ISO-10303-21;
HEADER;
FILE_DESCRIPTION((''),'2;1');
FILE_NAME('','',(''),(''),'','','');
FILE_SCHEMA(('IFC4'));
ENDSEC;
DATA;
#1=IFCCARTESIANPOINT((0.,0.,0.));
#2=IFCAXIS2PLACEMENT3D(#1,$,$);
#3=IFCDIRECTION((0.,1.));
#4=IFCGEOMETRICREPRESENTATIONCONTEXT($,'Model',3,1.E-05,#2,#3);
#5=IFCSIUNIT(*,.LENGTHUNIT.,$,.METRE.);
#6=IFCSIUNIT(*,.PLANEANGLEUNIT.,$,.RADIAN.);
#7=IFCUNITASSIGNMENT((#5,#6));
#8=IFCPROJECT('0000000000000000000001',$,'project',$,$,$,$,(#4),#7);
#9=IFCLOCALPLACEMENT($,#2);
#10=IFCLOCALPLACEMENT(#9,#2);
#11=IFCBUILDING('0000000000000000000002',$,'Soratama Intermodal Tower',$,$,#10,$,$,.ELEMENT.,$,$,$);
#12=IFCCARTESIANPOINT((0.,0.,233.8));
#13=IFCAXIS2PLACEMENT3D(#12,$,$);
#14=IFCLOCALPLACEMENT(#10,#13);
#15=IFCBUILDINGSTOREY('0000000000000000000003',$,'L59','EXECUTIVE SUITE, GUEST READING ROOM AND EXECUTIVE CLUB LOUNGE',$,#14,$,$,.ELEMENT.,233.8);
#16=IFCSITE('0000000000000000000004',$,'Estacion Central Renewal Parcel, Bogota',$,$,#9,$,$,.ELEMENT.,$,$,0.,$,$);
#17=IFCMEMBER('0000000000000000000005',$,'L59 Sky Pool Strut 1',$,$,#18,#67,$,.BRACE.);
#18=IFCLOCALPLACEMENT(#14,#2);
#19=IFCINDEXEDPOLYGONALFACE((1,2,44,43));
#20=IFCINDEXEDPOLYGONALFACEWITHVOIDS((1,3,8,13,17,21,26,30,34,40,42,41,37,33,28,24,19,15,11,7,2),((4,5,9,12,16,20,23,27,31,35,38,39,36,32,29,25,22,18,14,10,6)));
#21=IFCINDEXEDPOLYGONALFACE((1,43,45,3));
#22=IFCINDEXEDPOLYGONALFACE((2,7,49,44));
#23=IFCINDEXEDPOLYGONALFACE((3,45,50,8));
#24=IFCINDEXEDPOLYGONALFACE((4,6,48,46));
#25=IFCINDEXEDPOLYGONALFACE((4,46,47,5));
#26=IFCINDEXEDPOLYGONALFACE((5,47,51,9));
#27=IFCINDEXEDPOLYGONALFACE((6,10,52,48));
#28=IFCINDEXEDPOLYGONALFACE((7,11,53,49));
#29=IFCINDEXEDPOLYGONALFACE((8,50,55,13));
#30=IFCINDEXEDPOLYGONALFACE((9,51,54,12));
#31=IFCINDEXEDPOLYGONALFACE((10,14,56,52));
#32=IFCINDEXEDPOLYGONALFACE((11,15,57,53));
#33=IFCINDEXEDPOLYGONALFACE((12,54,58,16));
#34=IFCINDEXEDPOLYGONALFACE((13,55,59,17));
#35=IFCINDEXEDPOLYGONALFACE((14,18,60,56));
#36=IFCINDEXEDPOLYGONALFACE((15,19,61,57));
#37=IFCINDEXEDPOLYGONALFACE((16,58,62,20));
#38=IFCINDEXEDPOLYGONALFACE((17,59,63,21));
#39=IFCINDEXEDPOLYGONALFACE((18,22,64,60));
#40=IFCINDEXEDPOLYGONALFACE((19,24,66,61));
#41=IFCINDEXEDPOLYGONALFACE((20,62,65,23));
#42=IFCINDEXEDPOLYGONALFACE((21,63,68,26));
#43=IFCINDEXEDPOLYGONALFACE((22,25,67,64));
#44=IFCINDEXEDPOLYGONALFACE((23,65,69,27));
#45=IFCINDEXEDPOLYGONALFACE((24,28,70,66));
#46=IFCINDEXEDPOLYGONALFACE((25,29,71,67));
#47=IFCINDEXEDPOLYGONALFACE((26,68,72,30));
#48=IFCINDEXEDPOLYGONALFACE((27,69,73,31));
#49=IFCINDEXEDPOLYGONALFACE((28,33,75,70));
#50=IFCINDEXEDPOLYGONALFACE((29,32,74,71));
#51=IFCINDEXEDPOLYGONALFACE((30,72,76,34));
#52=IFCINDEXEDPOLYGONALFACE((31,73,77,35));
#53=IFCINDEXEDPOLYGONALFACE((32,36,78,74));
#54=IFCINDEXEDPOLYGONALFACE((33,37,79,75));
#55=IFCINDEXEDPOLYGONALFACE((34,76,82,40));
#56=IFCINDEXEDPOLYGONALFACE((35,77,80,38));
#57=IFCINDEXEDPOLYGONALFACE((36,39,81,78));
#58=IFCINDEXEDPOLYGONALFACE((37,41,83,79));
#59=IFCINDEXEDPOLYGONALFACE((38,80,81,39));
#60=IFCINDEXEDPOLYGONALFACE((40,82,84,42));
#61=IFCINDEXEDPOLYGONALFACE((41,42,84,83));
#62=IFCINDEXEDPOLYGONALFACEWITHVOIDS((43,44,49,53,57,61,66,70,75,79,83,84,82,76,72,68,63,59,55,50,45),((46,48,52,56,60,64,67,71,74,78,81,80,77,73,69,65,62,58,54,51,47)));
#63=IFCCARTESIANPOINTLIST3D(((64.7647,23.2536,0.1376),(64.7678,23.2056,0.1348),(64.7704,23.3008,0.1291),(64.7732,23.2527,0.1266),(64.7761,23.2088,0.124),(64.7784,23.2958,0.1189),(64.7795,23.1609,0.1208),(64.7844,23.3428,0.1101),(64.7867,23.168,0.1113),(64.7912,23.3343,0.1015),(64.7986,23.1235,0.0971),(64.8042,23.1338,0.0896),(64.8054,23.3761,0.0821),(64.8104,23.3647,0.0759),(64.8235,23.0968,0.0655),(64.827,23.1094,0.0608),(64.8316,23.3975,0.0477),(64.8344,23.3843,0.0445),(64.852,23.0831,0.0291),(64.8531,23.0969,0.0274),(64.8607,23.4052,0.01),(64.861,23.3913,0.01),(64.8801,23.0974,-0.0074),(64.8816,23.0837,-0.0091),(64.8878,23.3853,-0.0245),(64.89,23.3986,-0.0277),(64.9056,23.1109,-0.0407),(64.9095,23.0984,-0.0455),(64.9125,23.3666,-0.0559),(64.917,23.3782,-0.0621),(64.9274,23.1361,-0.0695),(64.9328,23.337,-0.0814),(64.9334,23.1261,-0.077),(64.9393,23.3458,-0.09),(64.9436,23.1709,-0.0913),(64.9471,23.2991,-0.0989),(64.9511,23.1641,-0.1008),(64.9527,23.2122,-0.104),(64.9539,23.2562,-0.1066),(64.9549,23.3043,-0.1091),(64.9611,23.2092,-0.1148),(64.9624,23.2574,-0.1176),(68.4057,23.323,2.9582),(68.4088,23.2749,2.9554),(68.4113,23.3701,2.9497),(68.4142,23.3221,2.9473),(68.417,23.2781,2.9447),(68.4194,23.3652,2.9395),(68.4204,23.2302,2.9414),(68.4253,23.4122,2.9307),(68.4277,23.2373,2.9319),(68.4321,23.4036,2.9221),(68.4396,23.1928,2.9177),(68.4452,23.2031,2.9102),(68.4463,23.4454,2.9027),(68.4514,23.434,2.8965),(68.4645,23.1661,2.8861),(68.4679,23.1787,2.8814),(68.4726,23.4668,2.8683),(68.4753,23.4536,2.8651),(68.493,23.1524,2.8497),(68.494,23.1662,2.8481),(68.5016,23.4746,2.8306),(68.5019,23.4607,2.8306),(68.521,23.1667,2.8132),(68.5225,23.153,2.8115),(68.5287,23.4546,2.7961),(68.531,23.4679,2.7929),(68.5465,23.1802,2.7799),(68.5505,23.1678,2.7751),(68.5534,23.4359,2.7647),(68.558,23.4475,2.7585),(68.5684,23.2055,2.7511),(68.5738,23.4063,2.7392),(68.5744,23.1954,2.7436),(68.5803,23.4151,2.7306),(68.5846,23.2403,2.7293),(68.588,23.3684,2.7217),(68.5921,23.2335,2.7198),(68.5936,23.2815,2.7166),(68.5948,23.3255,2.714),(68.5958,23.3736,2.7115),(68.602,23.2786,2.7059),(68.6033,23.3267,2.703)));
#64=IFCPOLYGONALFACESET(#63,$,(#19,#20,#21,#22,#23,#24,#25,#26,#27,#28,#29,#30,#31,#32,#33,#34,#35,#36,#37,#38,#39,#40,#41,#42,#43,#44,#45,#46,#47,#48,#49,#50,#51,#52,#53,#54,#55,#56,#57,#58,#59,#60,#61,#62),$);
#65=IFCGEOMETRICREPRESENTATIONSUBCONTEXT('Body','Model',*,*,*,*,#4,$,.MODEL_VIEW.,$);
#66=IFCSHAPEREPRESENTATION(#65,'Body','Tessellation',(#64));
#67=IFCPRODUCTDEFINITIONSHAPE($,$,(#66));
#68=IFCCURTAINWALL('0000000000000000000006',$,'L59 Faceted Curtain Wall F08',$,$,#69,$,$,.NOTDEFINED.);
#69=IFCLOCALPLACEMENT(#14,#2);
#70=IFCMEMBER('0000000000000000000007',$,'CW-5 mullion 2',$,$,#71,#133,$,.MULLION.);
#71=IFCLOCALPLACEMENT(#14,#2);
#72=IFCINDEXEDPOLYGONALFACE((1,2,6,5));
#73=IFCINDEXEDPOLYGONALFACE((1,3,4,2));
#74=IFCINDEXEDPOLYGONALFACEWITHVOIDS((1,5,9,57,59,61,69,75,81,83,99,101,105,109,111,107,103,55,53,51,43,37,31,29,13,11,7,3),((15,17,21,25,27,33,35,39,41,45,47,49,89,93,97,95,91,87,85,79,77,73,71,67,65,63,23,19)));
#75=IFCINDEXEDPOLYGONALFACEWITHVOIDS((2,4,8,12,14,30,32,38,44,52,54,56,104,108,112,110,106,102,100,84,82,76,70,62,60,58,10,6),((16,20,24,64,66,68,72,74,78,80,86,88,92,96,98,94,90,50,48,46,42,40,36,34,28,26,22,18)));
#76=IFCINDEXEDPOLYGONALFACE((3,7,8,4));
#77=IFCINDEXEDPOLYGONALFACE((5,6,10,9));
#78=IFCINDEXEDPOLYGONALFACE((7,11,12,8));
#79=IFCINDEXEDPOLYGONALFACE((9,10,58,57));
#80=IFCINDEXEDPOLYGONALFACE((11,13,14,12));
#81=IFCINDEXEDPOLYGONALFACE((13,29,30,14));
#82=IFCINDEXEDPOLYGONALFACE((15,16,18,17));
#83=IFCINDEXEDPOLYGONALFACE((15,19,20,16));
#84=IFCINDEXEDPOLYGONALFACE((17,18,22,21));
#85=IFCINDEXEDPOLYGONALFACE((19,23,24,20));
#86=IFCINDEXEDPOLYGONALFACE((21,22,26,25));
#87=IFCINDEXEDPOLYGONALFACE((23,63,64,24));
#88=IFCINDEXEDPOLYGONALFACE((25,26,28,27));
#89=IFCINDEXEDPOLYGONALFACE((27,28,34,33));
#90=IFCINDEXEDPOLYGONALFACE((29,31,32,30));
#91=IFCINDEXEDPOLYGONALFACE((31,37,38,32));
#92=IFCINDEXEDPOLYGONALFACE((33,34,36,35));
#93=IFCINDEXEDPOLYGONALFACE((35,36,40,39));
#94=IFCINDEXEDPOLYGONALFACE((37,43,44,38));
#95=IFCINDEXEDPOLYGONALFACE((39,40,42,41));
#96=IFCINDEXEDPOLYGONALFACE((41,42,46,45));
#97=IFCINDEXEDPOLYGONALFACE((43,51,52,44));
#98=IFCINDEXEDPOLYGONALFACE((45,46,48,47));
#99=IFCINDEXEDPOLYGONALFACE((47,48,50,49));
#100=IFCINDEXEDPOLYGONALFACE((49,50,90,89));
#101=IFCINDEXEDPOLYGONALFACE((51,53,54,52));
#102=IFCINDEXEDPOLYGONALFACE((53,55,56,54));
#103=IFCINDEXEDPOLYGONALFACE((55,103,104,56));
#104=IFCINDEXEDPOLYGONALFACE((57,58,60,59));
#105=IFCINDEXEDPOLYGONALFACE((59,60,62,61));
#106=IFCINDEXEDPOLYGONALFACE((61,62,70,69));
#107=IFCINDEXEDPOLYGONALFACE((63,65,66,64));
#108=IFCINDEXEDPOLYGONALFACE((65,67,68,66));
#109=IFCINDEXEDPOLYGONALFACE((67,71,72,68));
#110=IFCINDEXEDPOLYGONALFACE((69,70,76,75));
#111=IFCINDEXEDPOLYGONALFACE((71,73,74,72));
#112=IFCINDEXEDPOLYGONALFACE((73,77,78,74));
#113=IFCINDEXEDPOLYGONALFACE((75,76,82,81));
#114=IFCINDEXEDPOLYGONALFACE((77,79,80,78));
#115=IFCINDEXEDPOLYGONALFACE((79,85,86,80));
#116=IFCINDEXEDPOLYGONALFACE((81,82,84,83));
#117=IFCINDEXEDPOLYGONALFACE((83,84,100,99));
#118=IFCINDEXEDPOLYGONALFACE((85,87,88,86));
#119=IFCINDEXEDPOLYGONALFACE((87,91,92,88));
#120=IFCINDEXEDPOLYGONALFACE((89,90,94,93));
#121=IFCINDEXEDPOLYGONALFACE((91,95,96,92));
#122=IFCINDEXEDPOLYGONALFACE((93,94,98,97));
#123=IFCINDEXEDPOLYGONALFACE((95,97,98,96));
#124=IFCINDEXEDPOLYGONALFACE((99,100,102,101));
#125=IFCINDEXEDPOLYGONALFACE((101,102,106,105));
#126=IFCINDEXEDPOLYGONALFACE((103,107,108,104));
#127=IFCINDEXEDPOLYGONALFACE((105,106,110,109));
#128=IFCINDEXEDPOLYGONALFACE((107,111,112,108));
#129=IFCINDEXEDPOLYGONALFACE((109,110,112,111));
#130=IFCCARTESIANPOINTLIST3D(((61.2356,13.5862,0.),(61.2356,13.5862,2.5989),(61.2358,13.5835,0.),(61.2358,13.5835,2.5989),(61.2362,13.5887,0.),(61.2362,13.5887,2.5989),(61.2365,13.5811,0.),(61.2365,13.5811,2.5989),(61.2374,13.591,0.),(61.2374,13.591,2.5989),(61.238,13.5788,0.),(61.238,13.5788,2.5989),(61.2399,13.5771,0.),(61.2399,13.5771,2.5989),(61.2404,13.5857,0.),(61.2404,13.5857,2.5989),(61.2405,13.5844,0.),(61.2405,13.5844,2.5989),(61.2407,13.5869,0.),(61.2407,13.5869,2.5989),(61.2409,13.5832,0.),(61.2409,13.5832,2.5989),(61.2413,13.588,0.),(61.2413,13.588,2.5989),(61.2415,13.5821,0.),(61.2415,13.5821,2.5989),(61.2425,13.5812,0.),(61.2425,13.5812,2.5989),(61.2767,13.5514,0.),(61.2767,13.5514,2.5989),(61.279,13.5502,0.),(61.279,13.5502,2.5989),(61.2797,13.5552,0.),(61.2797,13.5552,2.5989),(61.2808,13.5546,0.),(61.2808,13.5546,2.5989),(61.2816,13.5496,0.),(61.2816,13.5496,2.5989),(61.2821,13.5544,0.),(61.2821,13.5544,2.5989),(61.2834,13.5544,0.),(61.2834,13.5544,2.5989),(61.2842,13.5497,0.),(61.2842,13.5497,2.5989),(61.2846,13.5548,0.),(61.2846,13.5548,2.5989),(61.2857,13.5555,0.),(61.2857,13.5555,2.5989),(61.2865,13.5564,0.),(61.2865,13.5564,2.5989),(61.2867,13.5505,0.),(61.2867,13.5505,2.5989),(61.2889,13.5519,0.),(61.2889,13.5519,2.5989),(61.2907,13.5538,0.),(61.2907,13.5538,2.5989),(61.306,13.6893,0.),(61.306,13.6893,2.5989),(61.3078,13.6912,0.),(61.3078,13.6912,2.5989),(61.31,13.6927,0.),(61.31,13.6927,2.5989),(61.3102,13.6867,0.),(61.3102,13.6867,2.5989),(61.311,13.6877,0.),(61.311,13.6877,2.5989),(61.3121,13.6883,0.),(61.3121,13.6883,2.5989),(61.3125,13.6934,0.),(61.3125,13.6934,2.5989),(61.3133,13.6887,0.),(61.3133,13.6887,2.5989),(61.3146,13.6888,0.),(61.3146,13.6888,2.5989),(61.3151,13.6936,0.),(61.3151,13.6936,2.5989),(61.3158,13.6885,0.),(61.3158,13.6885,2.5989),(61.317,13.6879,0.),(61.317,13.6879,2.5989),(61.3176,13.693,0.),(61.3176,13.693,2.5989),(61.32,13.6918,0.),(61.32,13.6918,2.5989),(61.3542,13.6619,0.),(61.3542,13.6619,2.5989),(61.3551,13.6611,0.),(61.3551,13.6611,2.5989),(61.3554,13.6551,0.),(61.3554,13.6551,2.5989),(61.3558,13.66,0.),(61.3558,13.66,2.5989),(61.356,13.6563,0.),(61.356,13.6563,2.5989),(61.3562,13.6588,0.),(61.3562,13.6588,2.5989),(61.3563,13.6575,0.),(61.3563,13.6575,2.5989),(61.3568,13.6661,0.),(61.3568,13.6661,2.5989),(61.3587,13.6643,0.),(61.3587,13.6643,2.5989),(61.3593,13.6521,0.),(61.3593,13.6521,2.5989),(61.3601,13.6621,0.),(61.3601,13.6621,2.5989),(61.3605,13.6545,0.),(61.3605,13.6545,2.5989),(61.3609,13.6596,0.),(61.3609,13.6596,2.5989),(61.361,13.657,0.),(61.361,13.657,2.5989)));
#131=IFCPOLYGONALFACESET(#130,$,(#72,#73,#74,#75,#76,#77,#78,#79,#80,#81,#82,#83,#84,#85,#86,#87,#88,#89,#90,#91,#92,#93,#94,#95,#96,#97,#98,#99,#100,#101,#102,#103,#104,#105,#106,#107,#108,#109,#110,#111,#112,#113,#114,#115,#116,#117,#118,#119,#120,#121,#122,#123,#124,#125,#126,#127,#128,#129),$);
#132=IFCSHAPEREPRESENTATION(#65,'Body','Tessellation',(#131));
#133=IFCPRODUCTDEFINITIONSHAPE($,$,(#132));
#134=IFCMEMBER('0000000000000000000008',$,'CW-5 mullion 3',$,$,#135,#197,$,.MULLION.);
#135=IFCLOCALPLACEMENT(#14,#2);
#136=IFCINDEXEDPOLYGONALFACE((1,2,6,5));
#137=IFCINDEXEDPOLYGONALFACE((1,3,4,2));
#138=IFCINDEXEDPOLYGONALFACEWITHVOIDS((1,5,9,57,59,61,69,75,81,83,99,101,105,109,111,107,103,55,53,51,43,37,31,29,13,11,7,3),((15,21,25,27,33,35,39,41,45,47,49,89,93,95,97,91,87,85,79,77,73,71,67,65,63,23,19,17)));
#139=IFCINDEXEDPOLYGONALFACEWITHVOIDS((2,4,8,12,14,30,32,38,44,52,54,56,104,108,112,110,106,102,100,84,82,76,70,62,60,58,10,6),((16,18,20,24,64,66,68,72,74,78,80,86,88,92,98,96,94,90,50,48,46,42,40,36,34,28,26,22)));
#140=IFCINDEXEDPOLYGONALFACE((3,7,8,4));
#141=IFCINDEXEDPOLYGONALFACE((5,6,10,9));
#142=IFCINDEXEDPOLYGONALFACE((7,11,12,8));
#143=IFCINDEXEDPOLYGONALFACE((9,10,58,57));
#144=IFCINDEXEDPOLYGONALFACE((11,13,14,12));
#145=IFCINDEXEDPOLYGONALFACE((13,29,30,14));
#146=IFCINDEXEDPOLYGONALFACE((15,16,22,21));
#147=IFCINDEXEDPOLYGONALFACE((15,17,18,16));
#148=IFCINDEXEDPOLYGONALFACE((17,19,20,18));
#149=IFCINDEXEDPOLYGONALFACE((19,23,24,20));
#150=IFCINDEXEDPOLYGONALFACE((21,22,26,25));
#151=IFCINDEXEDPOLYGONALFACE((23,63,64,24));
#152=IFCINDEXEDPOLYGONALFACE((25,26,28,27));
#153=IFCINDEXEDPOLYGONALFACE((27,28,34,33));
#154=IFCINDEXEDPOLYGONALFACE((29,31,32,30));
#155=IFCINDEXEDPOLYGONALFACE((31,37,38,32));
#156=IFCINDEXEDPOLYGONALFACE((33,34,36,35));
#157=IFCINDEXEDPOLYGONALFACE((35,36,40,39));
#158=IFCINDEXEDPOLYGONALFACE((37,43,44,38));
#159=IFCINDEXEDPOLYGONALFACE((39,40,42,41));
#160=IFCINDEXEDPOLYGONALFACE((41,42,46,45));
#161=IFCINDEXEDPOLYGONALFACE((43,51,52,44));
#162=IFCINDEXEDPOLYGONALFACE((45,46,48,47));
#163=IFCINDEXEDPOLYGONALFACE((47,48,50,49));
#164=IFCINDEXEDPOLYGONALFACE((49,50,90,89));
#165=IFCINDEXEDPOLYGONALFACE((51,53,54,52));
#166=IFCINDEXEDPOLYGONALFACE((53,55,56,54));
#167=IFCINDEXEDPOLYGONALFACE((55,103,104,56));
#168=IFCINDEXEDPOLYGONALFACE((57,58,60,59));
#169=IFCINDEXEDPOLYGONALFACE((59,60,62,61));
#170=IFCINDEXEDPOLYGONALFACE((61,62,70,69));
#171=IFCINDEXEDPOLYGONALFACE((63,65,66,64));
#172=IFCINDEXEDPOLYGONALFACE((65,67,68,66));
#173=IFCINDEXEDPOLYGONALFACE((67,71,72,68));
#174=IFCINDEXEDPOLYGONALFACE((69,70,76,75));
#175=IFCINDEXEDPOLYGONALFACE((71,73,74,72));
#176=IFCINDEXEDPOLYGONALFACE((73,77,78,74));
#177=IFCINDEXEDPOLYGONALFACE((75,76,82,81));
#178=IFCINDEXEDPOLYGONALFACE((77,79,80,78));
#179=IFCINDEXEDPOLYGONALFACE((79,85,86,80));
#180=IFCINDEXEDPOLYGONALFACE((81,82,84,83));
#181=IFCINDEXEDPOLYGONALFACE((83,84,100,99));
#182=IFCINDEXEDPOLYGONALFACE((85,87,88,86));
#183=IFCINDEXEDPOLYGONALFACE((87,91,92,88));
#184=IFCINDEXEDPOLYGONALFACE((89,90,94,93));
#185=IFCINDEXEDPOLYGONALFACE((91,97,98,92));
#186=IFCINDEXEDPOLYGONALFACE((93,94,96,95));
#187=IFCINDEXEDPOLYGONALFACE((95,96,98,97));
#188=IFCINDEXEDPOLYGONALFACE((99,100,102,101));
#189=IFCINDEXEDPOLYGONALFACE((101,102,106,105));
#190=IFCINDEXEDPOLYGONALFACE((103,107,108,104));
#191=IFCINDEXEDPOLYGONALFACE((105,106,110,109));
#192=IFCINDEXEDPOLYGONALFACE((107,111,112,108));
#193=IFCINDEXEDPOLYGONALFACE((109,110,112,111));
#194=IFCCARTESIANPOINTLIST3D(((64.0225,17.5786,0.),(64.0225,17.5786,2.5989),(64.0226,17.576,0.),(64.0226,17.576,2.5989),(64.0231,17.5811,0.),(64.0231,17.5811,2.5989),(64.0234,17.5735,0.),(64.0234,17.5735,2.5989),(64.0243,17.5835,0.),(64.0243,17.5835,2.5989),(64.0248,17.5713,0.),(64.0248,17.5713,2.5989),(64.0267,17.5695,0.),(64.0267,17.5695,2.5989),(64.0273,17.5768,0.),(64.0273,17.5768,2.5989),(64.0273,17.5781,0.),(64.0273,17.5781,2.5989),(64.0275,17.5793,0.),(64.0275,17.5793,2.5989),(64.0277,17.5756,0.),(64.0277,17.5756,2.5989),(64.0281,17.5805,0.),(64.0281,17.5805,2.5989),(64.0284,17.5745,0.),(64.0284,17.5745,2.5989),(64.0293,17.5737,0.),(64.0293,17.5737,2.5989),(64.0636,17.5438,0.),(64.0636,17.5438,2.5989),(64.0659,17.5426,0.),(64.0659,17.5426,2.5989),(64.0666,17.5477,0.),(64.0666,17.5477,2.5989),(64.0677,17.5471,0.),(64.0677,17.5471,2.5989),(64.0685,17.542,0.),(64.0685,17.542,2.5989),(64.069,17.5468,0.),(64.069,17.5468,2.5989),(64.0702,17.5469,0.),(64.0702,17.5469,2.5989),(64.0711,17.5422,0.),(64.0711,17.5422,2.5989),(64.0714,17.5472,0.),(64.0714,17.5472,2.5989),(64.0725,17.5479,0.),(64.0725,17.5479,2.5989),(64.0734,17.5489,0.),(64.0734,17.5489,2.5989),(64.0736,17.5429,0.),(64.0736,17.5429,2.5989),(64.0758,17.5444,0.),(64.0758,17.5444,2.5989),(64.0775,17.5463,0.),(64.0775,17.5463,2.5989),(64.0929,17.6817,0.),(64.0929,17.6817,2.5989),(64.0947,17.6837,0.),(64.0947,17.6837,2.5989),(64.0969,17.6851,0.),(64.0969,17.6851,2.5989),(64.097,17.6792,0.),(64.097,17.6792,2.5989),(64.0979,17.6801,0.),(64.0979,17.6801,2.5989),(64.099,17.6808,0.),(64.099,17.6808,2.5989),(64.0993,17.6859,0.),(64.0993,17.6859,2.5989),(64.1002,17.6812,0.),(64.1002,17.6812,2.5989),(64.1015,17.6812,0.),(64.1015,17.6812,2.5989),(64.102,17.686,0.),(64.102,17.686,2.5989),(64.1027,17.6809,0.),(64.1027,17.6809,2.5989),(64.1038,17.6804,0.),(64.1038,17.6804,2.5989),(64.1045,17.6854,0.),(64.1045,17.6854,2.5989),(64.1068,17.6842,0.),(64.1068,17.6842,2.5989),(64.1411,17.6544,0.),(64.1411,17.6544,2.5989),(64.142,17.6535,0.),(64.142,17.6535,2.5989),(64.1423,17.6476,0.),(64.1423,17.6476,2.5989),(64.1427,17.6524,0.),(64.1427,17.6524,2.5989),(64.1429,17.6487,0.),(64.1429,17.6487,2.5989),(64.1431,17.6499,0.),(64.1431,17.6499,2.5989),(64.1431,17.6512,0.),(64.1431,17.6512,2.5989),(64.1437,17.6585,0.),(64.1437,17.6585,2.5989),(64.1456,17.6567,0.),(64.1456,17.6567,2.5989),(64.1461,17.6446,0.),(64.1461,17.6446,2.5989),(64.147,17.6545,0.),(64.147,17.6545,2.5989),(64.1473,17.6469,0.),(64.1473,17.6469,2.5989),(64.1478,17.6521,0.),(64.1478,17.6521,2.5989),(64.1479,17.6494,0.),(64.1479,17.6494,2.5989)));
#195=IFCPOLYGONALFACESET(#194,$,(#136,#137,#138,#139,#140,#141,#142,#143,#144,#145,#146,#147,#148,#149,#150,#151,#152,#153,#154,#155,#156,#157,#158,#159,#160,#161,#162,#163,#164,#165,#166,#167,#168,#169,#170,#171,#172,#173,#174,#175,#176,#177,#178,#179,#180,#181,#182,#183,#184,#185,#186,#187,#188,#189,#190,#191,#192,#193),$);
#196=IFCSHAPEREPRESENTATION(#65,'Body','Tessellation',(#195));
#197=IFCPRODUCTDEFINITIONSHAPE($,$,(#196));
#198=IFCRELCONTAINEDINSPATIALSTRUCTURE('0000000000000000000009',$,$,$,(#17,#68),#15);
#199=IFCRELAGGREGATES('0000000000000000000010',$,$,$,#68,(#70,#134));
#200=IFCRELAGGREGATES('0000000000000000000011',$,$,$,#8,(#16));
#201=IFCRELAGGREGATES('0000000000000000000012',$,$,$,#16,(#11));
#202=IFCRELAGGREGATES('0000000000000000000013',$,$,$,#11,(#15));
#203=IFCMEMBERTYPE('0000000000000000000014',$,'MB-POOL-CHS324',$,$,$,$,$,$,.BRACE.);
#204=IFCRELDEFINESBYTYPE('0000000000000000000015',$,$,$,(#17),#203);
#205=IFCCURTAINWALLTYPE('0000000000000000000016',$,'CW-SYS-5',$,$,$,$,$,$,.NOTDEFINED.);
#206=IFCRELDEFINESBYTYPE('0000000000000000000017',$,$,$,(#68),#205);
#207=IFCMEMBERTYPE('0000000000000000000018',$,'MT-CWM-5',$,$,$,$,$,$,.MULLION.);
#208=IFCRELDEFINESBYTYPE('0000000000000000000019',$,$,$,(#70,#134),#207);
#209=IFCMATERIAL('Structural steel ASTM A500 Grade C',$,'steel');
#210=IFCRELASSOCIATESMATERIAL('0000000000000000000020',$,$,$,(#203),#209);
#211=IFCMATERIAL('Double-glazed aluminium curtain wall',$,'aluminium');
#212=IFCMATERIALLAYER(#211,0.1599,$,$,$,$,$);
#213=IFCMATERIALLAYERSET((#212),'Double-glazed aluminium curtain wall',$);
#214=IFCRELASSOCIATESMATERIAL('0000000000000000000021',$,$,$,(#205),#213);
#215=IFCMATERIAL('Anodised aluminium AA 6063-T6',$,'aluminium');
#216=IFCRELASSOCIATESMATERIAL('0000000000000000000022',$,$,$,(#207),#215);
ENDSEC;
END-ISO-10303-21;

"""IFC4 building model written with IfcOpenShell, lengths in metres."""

from ifc_helpers import new_model, si_unit, direction, frame, origin, origin_2d, place, context, subcontext, project, spatial, hollow_rectangle, hollow_circle, extrude, material, layer, layer_set, material_profile, profile_set, type_object, element, aggregate, save


model = new_model("IFC4")

# Units and contexts
model_context = context("Model", 3, precision=1e-05, world=origin(), true_north=direction((0.0, 1.0)))
body_context = subcontext(model_context, "Body", "Model", "MODEL_VIEW")
ifc_project = project(units=[si_unit("LENGTHUNIT", "METRE"), si_unit("PLANEANGLEUNIT", "RADIAN")], contexts=[model_context])

# Site, building, storey
site_placement = place(None, origin())
site = spatial("IfcSite", under=ifc_project, at=site_placement, Name="Estacion Central Renewal Parcel, Bogota", CompositionType="ELEMENT", RefElevation=0.0)
building_placement = place(site_placement, origin())
building = spatial("IfcBuilding", under=site, at=building_placement, Name="Soratama Intermodal Tower", CompositionType="ELEMENT")
storey_placement = place(building_placement, frame((0.0, 0.0, 233.8)))
storey = spatial("IfcBuildingStorey", under=building, at=storey_placement, Name="L59", Description="EXECUTIVE SUITE, GUEST READING ROOM AND EXECUTIVE CLUB LOUNGE", CompositionType="ELEMENT", Elevation=233.8)

# Member
ifc_material_1 = material(Name="Structural steel ASTM A500 Grade C", Category="steel")
ifc_material_profile_1 = material_profile(ifc_material_1, hollow_circle(Radius=0.1619, WallThickness=0.0139, at=origin_2d()), Name="CHS324X14")
ifc_profile_set_1 = profile_set([ifc_material_profile_1], Name="Structural steel ASTM A500 Grade C")
member_type_1 = type_object("IfcMemberType", Name="MB-POOL-CHS324", PredefinedType="BRACE", material=ifc_profile_set_1)
member_1_placement = place(storey_placement, frame((64.8638, 23.2434, 0.01), z_axis=(0.790443, 0.015053, 0.612351), x_axis=(-0.01904, 0.999819, 0.0)))
element("IfcMember", 1, at=member_1_placement, inside=storey, type_object=member_type_1, Name="L59 Sky Pool Strut 1", PredefinedType="BRACE", context=body_context, shape_type="SweptSolid", body=[
    extrude(hollow_circle(Radius=0.1619, WallThickness=0.0139, at=origin_2d()), origin(), (0.0, 0.0, 1.0), 4.6062),
])

# Curtain wall, members
ifc_material_2 = material(Name="Double-glazed aluminium curtain wall", Category="aluminium")
ifc_layer_1 = layer(ifc_material_2, 0.1599)
ifc_layer_set_1 = layer_set([ifc_layer_1], Name="Double-glazed aluminium curtain wall")
curtain_wall_type = type_object("IfcCurtainWallType", Name="CW-SYS-5", PredefinedType="NOTDEFINED", material=ifc_layer_set_1)
curtain_wall_placement = place(storey_placement, origin())
curtain_wall = element("IfcCurtainWall", 2, at=curtain_wall_placement, inside=storey, type_object=curtain_wall_type, Name="L59 Faceted Curtain Wall F08", PredefinedType="NOTDEFINED")
ifc_material_3 = material(Name="Anodised aluminium AA 6063-T6", Category="aluminium")
ifc_material_profile_2 = material_profile(ifc_material_3, hollow_rectangle(XDim=0.0649, YDim=0.1399, WallThickness=0.0049, InnerFilletRadius=0.0049, OuterFilletRadius=0.01, at=origin_2d()), Name="CWM140X65X5")
ifc_profile_set_2 = profile_set([ifc_material_profile_2], Name="Anodised aluminium AA 6063-T6")
member_type_2 = type_object("IfcMemberType", Name="MT-CWM-5", PredefinedType="MULLION", material=ifc_profile_set_2)
member_2_placement = place(storey_placement, frame((61.2983, 13.6216, 0.0), z_axis=(0.0, 0.0, 1.0), x_axis=(-0.819951, 0.572433, 0.0)))
member_2 = element("IfcMember", 3, at=member_2_placement, type_object=member_type_2, Name="CW-5 mullion 2", PredefinedType="MULLION", context=body_context, shape_type="SweptSolid", body=[
    extrude(hollow_rectangle(XDim=0.0649, YDim=0.1399, WallThickness=0.0049, InnerFilletRadius=0.0049, OuterFilletRadius=0.01, at=origin_2d()), origin(), (0.0, 0.0, 1.0), 2.5989),
])
member_3_placement = place(storey_placement, frame((64.0852, 17.614, 0.0), z_axis=(0.0, 0.0, 1.0), x_axis=(-0.819951, 0.572433, 0.0)))
member_3 = element("IfcMember", 4, at=member_3_placement, type_object=member_type_2, Name="CW-5 mullion 3", PredefinedType="MULLION", context=body_context, shape_type="SweptSolid", body=[
    extrude(hollow_rectangle(XDim=0.0649, YDim=0.1399, WallThickness=0.0049, InnerFilletRadius=0.0049, OuterFilletRadius=0.01, at=origin_2d()), origin(), (0.0, 0.0, 1.0), 2.5989),
])

aggregate(curtain_wall, [member_2, member_3])

save(model, "model.ifc")
